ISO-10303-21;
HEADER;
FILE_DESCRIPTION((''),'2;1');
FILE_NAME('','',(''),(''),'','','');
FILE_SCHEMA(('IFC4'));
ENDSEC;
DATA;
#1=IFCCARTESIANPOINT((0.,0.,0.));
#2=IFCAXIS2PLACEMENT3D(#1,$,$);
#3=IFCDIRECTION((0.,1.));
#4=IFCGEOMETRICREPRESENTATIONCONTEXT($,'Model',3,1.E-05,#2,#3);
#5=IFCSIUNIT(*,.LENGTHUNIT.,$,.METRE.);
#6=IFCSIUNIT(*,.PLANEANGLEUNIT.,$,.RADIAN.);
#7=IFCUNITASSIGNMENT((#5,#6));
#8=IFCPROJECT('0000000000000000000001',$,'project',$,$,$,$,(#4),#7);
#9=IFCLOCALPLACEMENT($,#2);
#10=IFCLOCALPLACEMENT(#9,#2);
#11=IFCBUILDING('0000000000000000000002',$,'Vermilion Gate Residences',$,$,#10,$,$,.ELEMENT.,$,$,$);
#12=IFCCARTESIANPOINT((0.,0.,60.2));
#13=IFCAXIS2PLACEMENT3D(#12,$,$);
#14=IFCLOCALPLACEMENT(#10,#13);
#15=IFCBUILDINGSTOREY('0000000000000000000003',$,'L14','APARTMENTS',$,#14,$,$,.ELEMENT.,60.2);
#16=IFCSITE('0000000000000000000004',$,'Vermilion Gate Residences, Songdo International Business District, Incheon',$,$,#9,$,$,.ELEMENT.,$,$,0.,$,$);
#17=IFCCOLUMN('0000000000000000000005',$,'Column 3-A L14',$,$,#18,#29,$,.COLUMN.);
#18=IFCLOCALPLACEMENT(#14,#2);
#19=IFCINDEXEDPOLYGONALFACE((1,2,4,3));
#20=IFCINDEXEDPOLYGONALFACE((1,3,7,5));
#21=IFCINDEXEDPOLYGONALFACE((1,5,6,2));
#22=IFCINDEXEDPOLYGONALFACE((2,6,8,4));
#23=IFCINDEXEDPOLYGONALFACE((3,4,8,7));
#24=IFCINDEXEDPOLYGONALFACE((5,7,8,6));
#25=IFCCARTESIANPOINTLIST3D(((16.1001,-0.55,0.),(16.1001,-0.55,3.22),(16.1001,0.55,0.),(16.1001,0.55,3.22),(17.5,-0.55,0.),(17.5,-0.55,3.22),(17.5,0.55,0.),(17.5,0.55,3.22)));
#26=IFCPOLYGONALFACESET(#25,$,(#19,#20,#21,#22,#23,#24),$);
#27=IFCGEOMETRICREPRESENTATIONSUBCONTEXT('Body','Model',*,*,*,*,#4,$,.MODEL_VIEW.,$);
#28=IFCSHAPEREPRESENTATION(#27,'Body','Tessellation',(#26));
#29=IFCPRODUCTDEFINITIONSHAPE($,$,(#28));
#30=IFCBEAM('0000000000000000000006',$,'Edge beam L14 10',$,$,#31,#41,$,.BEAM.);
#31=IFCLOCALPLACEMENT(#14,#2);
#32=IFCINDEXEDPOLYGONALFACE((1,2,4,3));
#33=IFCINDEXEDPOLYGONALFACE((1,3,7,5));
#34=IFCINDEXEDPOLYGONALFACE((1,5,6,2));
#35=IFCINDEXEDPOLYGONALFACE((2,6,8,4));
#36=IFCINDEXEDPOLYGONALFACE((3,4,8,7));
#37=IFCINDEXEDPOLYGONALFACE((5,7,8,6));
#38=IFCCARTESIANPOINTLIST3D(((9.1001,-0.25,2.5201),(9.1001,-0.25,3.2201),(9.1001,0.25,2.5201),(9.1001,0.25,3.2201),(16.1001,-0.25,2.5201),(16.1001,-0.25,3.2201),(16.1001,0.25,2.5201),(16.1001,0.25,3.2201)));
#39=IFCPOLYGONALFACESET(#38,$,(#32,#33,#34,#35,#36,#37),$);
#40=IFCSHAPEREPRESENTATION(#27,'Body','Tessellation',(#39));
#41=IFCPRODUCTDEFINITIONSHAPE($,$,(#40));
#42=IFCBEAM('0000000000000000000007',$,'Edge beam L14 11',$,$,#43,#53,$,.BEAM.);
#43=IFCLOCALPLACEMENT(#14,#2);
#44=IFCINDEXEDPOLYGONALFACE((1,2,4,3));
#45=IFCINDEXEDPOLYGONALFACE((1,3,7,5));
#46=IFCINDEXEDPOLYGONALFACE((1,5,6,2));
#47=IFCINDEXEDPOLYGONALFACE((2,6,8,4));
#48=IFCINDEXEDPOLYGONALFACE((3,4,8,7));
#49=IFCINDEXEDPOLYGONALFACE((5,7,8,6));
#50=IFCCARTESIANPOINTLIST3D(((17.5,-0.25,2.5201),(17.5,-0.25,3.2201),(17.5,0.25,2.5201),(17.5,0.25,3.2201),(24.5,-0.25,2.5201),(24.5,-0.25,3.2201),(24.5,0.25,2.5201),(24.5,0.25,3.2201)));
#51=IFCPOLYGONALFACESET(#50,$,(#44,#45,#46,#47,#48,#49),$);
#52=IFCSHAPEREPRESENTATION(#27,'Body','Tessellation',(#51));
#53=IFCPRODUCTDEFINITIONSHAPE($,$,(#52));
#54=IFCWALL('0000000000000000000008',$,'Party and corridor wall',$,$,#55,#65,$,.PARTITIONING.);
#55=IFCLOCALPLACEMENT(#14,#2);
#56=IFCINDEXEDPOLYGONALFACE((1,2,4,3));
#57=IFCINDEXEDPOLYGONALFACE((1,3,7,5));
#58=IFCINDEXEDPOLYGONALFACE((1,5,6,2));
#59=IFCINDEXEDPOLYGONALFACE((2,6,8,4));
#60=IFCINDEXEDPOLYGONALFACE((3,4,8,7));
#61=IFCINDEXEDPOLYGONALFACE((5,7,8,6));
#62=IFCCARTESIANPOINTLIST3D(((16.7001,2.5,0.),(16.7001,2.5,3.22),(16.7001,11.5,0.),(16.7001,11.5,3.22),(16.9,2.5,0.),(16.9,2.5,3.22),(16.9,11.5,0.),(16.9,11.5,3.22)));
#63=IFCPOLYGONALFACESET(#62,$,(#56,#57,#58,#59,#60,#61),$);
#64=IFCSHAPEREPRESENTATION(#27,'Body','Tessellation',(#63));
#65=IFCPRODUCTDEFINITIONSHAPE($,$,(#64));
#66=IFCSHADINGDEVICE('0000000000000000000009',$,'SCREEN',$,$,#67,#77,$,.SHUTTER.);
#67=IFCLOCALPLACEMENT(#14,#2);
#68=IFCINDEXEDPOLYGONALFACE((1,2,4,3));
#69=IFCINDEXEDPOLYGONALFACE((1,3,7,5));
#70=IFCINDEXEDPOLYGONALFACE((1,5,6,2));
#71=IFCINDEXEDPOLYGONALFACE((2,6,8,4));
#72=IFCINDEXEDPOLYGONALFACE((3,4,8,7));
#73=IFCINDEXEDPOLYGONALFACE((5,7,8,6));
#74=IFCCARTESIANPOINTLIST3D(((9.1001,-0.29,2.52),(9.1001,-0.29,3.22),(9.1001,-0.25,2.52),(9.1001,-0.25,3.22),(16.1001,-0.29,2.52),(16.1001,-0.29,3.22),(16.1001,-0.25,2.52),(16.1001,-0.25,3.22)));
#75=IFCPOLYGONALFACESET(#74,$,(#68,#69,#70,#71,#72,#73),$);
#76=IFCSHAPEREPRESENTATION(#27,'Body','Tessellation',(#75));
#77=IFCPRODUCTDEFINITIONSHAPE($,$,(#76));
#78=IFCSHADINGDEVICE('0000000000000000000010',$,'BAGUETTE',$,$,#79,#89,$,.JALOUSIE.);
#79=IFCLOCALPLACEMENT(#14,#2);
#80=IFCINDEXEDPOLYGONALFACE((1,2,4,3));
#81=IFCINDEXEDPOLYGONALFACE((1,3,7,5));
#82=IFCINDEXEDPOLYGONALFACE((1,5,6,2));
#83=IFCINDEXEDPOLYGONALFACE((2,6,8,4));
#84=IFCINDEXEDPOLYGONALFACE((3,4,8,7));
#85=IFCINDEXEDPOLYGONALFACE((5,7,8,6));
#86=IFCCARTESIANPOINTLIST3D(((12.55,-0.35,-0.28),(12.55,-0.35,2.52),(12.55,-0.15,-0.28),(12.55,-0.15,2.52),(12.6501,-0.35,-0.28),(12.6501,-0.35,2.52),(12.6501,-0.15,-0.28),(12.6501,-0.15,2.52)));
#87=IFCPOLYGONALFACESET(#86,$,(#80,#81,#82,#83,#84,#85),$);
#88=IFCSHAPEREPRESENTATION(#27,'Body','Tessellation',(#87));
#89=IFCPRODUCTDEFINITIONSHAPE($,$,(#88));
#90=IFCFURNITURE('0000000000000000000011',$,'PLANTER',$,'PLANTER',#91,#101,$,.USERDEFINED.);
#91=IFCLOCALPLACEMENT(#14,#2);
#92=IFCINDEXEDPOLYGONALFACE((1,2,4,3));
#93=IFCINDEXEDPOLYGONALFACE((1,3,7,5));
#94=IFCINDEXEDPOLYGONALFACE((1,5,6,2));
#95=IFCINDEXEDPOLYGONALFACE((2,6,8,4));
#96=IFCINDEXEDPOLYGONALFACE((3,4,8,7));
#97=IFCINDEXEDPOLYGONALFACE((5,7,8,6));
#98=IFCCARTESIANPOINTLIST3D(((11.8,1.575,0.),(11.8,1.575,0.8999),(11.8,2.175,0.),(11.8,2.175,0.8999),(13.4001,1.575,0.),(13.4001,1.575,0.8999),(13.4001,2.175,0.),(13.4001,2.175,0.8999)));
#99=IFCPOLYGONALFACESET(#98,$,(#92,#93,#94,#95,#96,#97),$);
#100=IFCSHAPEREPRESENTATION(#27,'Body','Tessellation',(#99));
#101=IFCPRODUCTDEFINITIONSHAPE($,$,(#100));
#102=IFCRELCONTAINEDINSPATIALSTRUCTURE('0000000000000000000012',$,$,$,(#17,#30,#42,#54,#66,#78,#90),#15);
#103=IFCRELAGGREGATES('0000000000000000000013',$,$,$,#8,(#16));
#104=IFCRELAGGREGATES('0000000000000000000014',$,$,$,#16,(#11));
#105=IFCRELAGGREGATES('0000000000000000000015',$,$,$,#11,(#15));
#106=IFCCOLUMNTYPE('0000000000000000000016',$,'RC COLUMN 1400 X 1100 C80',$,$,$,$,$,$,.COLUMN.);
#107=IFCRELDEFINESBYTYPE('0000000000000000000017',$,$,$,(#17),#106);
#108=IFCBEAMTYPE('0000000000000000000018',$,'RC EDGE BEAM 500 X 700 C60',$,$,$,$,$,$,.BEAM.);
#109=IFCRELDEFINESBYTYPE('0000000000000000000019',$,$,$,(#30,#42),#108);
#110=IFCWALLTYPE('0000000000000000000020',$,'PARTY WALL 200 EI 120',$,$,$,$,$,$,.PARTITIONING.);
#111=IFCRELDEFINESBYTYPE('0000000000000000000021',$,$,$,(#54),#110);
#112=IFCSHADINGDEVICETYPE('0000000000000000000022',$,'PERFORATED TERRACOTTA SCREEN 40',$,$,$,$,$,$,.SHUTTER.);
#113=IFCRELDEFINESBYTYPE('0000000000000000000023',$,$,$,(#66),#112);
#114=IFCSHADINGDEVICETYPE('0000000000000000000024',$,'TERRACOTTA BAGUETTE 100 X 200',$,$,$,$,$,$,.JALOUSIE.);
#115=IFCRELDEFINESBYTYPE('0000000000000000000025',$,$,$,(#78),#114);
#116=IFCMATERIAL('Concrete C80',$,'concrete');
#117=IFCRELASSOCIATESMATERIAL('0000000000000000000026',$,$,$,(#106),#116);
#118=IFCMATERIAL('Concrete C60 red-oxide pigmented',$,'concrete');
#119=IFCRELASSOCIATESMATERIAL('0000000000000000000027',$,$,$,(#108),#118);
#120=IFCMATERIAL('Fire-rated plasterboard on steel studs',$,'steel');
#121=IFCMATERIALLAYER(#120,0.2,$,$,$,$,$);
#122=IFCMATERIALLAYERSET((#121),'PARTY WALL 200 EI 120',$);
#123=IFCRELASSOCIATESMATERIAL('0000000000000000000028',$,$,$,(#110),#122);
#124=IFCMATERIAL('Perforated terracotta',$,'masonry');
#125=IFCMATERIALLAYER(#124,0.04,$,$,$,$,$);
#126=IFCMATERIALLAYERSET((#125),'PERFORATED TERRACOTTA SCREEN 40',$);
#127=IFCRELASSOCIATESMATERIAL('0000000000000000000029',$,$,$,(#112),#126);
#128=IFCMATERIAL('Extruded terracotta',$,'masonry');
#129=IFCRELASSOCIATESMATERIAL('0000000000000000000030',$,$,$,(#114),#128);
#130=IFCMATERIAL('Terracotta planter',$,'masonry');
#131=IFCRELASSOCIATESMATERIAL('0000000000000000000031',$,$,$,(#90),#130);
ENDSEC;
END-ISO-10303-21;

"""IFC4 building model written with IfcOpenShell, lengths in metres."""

from ifc_helpers import new_model, si_unit, direction, frame, frame_2d, origin, origin_2d, place, context, subcontext, project, spatial, rectangle, extrude, material, layer, layer_set, material_profile, profile_set, type_object, element, save


model = new_model("IFC4")

# Units and contexts
model_context = context("Model", 3, precision=1e-05, world=origin(), true_north=direction((0.0, 1.0)))
body_context = subcontext(model_context, "Body", "Model", "MODEL_VIEW")
ifc_project = project(units=[si_unit("LENGTHUNIT", "METRE"), si_unit("PLANEANGLEUNIT", "RADIAN")], contexts=[model_context])

# Site, building, storey
site_placement = place(None, origin())
site = spatial("IfcSite", under=ifc_project, at=site_placement, Name="Vermilion Gate Residences, Songdo International Business District, Incheon", CompositionType="ELEMENT", RefElevation=0.0)
building_placement = place(site_placement, origin())
building = spatial("IfcBuilding", under=site, at=building_placement, Name="Vermilion Gate Residences", CompositionType="ELEMENT")
storey_placement = place(building_placement, frame((0.0, 0.0, 60.2)))
storey = spatial("IfcBuildingStorey", under=building, at=storey_placement, Name="L14", Description="APARTMENTS", CompositionType="ELEMENT", Elevation=60.2)

# Column
ifc_material_1 = material(Name="Concrete C80", Category="concrete")
ifc_material_profile_1 = material_profile(ifc_material_1, rectangle(XDim=1.3999, YDim=1.1001, at=origin_2d()), Name="RC-1400x1100")
ifc_profile_set_1 = profile_set([ifc_material_profile_1], Name="Concrete C80")
column_type = type_object("IfcColumnType", Name="RC COLUMN 1400 X 1100 C80", PredefinedType="COLUMN", material=ifc_profile_set_1)
column_placement = place(storey_placement, frame((16.8, 0.0, 0.0), z_axis=(0.0, 0.0, 1.0), x_axis=(1.0, 0.0, 0.0)))
element("IfcColumn", 1, at=column_placement, inside=storey, type_object=column_type, Name="Column 3-A L14", PredefinedType="COLUMN", context=body_context, shape_type="SweptSolid", body=[
    extrude(rectangle(XDim=1.3999, YDim=1.1001, at=origin_2d()), origin(), (0.0, 0.0, 1.0), 3.22),
])

# Beams
ifc_material_2 = material(Name="Concrete C60 red-oxide pigmented", Category="concrete")
ifc_material_profile_2 = material_profile(ifc_material_2, rectangle(XDim=0.5, YDim=0.7, at=origin_2d()), Name="RC-500x700")
ifc_profile_set_2 = profile_set([ifc_material_profile_2], Name="Concrete C60 red-oxide pigmented")
beam_type = type_object("IfcBeamType", Name="RC EDGE BEAM 500 X 700 C60", PredefinedType="BEAM", material=ifc_profile_set_2)
for number, where, z_axis, x_axis, name in (
    (2, (9.1001, 0.0, 2.8701), (1.0, 0.0, 0.0), (0.0, 1.0, 0.0), "Edge beam L14 10"),
    (3, (17.5, 0.0, 2.8701), (1.0, 0.0, 0.0), (0.0, 1.0, 0.0), "Edge beam L14 11"),
):
    element("IfcBeam", number, at=place(storey_placement, frame(where, z_axis=z_axis, x_axis=x_axis)), inside=storey, type_object=beam_type, Name=name, PredefinedType="BEAM", context=body_context, shape_type="SweptSolid", body=[
        extrude(rectangle(XDim=0.5, YDim=0.7, at=origin_2d()), origin(), (0.0, 0.0, 1.0), 7.0),
    ])

# Wall
ifc_material_3 = material(Name="Fire-rated plasterboard on steel studs", Category="steel")
ifc_layer_1 = layer(ifc_material_3, 0.2)
ifc_layer_set_1 = layer_set([ifc_layer_1], Name="PARTY WALL 200 EI 120")
wall_type = type_object("IfcWallType", Name="PARTY WALL 200 EI 120", PredefinedType="PARTITIONING", material=ifc_layer_set_1)
wall_placement = place(storey_placement, frame((16.8, 2.5, 0.0), z_axis=(0.0, 0.0, 1.0), x_axis=(0.0, 1.0, 0.0)))
element("IfcWall", 4, at=wall_placement, inside=storey, type_object=wall_type, Name="Party and corridor wall", PredefinedType="PARTITIONING", context=body_context, shape_type="SweptSolid", body=[
    extrude(rectangle(XDim=9.0, YDim=0.2, at=frame_2d((4.5, 0.0))), origin(), (0.0, 0.0, 1.0), 3.22),
])

# Shading devices
ifc_material_4 = material(Name="Perforated terracotta", Category="masonry")
ifc_layer_2 = layer(ifc_material_4, 0.04)
ifc_layer_set_2 = layer_set([ifc_layer_2], Name="PERFORATED TERRACOTTA SCREEN 40")
shading_device_type_1 = type_object("IfcShadingDeviceType", Name="PERFORATED TERRACOTTA SCREEN 40", PredefinedType="SHUTTER", material=ifc_layer_set_2)
shading_device_1_placement = place(storey_placement, frame((12.6001, -0.27, 2.52), z_axis=(0.0, 0.0, 1.0), x_axis=(1.0, 0.0, 0.0)))
element("IfcShadingDevice", 5, at=shading_device_1_placement, inside=storey, type_object=shading_device_type_1, Name="SCREEN", PredefinedType="SHUTTER", context=body_context, shape_type="SweptSolid", body=[
    extrude(rectangle(XDim=7.0, YDim=0.04, at=origin_2d()), origin(), (0.0, 0.0, 1.0), 0.7),
])
ifc_material_5 = material(Name="Extruded terracotta", Category="masonry")
ifc_material_profile_3 = material_profile(ifc_material_5, rectangle(XDim=0.2, YDim=0.1001, at=origin_2d()), Name="BAGUETTE 100 X 200")
ifc_profile_set_3 = profile_set([ifc_material_profile_3], Name="Extruded terracotta")
shading_device_type_2 = type_object("IfcShadingDeviceType", Name="TERRACOTTA BAGUETTE 100 X 200", PredefinedType="JALOUSIE", material=ifc_profile_set_3)
shading_device_2_placement = place(storey_placement, frame((12.6001, -0.25, -0.28), z_axis=(0.0, 0.0, 1.0), x_axis=(0.0, 1.0, 0.0)))
element("IfcShadingDevice", 6, at=shading_device_2_placement, inside=storey, type_object=shading_device_type_2, Name="BAGUETTE", PredefinedType="JALOUSIE", context=body_context, shape_type="SweptSolid", body=[
    extrude(rectangle(XDim=0.2, YDim=0.1001, at=origin_2d()), origin(), (0.0, 0.0, 1.0), 2.8),
])

# Furniture
ifc_material_6 = material(Name="Terracotta planter", Category="masonry")
furniture_placement = place(storey_placement, frame((12.6001, 1.875, 0.0), z_axis=(0.0, 0.0, 1.0), x_axis=(1.0, 0.0, 0.0)))
element("IfcFurniture", 7, at=furniture_placement, inside=storey, material=ifc_material_6, Name="PLANTER", ObjectType="PLANTER", PredefinedType="USERDEFINED", context=body_context, shape_type="SweptSolid", body=[
    extrude(rectangle(XDim=1.6001, YDim=0.6001, at=origin_2d()), origin(), (0.0, 0.0, 1.0), 0.8999),
])

save(model, "model.ifc")
